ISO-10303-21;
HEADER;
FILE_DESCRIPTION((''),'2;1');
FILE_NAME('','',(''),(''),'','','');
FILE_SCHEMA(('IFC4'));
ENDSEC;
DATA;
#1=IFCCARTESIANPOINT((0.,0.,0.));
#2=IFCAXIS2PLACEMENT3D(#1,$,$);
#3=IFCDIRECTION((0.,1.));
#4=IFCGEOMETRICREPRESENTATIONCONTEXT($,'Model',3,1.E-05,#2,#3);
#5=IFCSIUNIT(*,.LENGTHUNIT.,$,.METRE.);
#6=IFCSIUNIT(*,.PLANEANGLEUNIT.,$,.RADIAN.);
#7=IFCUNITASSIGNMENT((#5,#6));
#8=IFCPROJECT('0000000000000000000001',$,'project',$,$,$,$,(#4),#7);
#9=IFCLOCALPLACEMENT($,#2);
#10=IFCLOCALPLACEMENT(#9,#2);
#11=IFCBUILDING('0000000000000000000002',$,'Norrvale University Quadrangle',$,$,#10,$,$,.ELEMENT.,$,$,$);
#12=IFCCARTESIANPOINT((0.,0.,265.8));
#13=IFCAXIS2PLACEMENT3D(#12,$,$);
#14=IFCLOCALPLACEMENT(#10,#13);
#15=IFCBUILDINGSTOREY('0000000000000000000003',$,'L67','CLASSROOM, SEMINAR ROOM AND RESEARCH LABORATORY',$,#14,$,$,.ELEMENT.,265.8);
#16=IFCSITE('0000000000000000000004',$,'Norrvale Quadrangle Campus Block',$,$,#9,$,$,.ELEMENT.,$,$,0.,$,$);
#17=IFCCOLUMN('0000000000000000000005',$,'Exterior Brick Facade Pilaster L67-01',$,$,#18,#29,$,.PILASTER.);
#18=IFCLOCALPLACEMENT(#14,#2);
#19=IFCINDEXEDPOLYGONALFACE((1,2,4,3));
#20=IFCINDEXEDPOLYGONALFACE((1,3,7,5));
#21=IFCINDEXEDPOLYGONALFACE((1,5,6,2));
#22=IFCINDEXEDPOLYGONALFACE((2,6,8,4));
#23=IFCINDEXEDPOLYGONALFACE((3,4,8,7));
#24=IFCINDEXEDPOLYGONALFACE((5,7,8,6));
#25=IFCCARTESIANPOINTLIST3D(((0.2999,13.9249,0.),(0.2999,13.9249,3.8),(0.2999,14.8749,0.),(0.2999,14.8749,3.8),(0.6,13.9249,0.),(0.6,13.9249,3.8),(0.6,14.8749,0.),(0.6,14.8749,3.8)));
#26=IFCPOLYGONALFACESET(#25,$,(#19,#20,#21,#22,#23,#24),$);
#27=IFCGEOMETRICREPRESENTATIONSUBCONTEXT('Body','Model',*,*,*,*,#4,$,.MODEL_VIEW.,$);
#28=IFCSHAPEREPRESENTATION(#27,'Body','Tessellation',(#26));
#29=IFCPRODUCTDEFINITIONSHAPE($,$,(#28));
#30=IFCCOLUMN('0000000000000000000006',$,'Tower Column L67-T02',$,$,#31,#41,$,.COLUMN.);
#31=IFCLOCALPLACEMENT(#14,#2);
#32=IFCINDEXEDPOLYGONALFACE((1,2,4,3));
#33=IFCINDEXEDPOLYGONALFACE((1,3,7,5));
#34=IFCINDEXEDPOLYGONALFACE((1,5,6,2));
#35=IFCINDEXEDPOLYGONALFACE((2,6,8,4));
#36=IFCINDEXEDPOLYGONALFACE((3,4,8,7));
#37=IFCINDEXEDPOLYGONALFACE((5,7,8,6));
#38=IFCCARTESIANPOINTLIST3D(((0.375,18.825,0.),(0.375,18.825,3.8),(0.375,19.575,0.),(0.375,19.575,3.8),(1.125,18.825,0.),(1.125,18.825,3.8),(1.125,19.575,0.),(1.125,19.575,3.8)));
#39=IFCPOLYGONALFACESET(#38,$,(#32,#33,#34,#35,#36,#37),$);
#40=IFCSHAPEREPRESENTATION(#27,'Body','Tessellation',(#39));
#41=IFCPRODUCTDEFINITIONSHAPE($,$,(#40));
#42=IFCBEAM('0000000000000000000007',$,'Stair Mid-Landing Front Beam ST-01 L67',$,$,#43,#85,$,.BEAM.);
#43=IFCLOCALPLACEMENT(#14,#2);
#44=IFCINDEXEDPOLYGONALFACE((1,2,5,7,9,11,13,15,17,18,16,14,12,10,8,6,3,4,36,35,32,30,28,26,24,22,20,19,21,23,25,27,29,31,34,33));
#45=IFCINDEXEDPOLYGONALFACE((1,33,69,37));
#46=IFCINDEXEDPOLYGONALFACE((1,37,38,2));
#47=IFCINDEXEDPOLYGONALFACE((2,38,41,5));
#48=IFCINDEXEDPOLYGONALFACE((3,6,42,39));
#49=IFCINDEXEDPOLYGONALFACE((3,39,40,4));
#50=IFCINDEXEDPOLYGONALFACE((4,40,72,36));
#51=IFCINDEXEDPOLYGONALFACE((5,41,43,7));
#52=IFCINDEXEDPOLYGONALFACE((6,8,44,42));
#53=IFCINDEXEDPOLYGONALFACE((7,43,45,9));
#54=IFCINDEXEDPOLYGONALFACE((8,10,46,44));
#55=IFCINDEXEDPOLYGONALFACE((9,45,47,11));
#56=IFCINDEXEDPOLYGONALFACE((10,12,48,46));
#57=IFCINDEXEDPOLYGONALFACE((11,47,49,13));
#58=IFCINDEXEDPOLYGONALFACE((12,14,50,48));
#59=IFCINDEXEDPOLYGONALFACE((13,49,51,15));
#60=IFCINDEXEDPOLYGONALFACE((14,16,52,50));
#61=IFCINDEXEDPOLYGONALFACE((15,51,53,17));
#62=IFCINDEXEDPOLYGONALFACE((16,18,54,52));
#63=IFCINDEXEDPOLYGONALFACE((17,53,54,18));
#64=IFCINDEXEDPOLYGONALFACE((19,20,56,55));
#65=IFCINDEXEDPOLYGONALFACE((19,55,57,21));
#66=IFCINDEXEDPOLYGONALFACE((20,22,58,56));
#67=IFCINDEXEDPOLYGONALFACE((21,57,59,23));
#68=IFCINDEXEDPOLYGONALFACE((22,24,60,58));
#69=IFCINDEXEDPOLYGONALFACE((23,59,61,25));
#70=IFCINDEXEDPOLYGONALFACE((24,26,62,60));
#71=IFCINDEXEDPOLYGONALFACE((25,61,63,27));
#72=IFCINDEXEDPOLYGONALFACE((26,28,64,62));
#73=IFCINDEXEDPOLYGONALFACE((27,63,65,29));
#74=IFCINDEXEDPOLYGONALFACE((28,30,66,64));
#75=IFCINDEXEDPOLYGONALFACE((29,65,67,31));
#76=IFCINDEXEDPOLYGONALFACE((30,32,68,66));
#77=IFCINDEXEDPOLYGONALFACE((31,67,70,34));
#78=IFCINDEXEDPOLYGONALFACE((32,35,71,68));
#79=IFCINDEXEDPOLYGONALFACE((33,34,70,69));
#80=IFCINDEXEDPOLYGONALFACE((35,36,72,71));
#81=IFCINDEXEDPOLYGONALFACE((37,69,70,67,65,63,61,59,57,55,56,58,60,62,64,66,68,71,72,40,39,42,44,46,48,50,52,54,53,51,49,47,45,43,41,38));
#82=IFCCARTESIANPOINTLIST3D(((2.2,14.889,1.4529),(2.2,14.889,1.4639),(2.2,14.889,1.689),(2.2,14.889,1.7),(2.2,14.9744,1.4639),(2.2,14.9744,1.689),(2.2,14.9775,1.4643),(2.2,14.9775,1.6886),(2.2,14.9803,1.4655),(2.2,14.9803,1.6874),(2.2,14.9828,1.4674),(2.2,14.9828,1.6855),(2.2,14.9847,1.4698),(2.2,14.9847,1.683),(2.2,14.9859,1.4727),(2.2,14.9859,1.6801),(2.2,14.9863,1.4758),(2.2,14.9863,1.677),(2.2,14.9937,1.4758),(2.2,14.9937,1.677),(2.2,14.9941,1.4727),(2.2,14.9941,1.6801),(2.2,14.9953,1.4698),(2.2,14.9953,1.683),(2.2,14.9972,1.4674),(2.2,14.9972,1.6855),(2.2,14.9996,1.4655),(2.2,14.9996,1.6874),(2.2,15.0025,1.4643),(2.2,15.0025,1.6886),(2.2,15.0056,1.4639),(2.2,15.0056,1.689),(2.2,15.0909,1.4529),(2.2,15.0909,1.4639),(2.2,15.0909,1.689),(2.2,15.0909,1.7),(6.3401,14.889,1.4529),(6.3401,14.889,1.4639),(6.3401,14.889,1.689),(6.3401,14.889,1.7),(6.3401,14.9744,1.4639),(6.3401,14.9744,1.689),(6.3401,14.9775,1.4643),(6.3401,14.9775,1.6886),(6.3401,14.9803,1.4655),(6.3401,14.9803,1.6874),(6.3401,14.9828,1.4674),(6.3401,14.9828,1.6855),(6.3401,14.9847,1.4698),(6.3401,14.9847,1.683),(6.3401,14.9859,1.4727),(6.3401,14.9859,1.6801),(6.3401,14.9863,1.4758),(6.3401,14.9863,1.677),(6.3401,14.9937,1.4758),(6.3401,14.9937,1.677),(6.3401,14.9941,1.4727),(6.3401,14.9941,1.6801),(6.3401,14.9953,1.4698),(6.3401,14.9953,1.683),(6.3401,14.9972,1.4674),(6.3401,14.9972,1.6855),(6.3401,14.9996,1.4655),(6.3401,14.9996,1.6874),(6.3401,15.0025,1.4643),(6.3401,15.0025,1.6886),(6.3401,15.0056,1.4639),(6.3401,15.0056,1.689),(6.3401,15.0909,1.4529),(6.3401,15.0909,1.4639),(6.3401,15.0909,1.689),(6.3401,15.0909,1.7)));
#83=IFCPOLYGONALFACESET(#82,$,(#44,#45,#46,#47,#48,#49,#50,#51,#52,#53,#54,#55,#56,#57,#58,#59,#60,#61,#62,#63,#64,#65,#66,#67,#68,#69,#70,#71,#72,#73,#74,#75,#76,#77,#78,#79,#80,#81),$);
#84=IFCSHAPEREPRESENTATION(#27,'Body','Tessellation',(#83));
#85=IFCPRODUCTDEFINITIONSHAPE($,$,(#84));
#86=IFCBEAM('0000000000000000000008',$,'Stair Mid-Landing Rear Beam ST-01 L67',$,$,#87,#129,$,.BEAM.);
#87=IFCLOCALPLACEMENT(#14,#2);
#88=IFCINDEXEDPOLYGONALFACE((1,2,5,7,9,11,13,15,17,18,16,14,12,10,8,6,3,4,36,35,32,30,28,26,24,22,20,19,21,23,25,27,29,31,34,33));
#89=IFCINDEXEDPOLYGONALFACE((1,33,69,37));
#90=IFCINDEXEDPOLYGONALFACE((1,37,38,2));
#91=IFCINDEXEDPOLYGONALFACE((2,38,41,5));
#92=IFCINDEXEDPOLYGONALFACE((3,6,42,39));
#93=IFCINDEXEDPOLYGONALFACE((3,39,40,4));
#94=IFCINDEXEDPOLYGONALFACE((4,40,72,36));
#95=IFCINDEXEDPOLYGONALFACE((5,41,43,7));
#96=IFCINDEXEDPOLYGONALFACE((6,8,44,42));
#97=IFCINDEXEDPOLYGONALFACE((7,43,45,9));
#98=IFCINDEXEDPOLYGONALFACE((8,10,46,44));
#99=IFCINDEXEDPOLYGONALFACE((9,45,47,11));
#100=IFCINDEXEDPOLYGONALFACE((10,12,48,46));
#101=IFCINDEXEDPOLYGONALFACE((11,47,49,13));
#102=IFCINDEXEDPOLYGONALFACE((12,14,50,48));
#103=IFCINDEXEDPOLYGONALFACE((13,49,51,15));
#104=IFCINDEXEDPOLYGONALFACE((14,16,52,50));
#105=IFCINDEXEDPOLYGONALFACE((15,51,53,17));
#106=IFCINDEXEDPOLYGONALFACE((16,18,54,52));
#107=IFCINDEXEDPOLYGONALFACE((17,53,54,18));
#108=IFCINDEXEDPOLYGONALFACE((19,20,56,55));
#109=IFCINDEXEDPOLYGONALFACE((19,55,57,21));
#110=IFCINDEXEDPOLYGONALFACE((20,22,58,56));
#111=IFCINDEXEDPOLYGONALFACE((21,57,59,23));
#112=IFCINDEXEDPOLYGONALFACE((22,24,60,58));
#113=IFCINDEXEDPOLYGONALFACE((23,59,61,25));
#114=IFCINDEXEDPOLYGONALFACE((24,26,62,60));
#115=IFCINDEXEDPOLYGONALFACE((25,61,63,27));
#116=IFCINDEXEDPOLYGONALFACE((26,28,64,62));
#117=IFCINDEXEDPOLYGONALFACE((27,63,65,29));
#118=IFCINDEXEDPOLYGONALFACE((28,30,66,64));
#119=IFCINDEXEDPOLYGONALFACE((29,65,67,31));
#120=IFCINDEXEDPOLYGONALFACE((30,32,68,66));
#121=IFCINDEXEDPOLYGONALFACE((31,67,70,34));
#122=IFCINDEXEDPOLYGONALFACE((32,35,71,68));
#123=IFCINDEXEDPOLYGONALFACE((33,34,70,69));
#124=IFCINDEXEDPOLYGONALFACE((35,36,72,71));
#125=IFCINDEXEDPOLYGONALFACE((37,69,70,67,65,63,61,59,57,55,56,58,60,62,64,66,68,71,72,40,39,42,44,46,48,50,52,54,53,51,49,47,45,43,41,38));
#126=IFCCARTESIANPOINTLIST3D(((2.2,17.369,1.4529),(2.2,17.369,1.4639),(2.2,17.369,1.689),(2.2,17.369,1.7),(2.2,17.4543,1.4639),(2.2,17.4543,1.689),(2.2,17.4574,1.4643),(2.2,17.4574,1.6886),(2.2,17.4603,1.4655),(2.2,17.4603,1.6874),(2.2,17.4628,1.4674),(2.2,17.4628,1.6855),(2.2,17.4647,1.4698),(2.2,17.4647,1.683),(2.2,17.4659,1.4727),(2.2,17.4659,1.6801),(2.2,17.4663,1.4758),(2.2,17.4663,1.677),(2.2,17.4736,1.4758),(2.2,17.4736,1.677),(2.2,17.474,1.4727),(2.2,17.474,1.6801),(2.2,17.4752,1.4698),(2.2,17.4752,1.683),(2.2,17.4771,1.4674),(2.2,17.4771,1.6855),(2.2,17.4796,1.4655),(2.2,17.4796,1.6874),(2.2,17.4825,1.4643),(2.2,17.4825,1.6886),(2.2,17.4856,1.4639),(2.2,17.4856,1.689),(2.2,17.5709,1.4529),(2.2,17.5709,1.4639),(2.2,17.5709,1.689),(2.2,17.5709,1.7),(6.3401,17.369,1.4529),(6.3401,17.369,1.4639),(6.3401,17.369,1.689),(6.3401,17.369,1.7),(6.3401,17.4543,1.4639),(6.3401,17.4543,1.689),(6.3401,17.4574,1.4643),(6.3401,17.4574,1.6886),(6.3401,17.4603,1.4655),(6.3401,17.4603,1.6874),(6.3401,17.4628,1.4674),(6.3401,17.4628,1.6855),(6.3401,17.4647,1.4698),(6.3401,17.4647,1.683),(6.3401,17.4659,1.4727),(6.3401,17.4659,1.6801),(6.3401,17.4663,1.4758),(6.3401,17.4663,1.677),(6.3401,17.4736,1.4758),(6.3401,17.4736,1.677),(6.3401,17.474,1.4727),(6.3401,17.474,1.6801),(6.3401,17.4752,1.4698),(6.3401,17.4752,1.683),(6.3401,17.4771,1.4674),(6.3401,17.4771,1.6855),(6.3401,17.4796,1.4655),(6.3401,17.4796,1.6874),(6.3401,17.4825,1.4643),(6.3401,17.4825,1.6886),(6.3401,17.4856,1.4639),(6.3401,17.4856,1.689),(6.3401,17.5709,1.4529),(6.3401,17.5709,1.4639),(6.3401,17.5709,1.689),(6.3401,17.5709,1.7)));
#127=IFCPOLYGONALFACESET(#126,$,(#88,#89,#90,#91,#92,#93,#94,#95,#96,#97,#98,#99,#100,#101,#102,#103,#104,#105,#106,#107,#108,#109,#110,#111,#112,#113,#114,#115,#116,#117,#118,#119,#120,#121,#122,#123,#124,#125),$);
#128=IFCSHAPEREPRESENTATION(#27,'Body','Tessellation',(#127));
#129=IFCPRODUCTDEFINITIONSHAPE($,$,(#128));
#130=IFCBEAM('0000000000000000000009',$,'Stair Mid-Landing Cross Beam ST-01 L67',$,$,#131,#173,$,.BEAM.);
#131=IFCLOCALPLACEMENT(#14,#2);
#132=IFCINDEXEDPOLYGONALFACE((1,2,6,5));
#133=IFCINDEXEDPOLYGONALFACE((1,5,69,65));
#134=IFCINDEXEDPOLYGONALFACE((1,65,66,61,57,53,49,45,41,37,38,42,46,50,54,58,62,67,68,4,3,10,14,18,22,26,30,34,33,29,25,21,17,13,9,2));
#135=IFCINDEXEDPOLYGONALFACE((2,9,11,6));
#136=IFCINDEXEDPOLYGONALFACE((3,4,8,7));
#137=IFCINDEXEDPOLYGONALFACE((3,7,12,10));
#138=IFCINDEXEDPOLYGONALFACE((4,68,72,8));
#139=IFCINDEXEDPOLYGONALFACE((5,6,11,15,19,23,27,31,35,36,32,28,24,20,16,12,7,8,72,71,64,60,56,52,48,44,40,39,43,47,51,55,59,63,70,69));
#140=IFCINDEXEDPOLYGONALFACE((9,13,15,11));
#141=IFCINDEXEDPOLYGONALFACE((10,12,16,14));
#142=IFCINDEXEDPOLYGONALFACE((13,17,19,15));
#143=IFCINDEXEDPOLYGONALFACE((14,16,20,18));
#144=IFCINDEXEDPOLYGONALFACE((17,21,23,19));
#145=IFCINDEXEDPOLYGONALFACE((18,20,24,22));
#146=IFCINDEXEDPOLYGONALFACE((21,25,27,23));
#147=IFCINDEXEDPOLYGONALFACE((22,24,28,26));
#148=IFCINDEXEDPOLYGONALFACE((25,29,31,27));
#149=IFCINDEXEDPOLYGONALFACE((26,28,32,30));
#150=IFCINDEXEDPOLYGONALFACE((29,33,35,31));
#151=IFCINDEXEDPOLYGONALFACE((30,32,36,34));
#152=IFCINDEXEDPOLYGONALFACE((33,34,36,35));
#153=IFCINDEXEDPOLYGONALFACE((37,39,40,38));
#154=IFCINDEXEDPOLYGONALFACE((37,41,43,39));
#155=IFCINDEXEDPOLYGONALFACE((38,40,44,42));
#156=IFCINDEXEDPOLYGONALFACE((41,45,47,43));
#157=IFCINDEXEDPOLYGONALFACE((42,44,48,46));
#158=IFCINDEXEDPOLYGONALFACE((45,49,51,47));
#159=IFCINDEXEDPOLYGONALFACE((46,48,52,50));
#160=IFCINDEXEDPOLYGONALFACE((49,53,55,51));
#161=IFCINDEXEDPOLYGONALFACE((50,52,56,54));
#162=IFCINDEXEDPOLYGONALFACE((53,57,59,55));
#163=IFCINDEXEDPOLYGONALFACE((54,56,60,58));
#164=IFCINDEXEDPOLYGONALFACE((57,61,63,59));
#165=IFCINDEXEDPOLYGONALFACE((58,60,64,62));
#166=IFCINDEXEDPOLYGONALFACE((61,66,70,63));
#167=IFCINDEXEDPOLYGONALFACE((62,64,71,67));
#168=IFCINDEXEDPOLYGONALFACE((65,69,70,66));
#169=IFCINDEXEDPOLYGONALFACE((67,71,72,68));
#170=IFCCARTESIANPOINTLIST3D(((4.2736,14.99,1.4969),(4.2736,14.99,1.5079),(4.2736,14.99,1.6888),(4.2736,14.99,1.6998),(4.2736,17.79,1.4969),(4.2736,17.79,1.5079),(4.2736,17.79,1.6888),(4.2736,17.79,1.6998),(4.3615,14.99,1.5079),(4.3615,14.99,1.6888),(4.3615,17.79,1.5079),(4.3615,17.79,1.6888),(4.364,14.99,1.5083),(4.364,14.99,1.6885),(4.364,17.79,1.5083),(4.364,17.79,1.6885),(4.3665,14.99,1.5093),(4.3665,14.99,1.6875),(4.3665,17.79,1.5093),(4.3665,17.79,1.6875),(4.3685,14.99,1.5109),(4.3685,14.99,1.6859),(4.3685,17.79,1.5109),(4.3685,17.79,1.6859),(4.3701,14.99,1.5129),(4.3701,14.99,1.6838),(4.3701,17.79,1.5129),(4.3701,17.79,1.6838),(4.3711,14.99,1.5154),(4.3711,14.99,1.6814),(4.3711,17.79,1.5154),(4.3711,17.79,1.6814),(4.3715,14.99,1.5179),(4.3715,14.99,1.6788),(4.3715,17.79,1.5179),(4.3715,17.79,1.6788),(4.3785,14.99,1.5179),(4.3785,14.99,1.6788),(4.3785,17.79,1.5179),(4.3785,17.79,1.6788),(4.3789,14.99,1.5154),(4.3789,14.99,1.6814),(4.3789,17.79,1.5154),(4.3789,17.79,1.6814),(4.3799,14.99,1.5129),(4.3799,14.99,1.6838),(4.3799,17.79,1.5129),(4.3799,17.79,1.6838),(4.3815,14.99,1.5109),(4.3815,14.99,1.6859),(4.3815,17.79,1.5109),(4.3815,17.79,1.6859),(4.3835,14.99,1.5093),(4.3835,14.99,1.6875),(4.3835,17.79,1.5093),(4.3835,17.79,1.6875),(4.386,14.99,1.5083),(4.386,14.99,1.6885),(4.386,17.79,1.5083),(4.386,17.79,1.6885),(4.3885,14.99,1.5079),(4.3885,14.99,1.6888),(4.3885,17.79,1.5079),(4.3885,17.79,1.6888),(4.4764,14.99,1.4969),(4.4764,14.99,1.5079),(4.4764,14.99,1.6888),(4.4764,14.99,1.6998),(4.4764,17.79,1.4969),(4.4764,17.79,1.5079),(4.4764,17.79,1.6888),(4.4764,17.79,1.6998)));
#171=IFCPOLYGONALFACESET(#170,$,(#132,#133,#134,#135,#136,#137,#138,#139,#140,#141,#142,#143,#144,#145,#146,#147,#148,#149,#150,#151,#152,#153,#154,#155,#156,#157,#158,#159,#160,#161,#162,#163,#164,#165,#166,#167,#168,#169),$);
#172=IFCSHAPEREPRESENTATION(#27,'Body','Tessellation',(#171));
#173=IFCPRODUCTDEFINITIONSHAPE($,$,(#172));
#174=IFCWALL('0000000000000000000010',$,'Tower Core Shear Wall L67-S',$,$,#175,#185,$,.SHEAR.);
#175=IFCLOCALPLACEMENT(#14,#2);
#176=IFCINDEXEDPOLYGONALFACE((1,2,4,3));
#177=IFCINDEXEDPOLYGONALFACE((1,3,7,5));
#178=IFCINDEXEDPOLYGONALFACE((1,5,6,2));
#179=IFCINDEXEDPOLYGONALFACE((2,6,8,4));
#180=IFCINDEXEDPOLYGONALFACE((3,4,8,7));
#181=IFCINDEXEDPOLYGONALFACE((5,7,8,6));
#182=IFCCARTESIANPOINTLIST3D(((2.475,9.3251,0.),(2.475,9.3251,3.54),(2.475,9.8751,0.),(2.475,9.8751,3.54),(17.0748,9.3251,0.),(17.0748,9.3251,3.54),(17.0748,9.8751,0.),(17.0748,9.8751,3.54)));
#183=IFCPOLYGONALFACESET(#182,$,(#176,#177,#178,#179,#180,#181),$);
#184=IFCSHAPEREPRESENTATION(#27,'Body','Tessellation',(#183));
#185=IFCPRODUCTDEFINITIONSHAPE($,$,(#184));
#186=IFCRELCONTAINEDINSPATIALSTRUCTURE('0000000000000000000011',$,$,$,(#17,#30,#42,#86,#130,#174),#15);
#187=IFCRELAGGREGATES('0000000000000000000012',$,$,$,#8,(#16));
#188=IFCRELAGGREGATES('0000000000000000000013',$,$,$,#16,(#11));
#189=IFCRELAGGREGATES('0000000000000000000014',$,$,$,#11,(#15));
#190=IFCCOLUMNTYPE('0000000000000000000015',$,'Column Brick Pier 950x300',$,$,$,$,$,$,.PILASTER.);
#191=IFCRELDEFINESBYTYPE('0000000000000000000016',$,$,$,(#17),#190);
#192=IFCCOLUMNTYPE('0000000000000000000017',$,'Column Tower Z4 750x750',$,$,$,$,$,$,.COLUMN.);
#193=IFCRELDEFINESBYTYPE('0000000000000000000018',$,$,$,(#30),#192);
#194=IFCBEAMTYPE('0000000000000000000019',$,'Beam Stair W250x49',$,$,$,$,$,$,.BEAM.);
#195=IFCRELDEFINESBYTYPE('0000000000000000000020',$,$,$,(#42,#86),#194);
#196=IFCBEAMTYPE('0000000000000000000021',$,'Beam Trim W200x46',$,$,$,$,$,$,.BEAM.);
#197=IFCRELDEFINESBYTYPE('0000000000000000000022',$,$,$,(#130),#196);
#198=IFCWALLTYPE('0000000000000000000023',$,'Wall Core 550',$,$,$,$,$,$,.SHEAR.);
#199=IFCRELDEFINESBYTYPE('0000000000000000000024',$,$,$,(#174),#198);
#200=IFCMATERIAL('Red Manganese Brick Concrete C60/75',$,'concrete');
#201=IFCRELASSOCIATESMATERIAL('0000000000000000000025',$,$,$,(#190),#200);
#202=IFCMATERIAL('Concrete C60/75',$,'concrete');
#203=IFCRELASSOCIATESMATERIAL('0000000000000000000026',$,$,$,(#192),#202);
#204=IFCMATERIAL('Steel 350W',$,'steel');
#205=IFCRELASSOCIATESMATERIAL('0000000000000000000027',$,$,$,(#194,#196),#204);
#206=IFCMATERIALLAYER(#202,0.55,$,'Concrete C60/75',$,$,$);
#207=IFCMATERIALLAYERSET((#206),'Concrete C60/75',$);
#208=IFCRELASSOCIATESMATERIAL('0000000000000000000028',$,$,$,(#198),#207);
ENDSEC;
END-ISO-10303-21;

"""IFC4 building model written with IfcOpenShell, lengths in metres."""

from ifc_helpers import new_model, si_unit, direction, frame, frame_2d, origin, origin_2d, place, context, subcontext, project, spatial, rectangle, i_section, extrude, material, layer, layer_set, material_profile, profile_set, type_object, element, save


model = new_model("IFC4")

# Units and contexts
model_context = context("Model", 3, precision=1e-05, world=origin(), true_north=direction((0.0, 1.0)))
body_context = subcontext(model_context, "Body", "Model", "MODEL_VIEW")
ifc_project = project(units=[si_unit("LENGTHUNIT", "METRE"), si_unit("PLANEANGLEUNIT", "RADIAN")], contexts=[model_context])

# Site, building, storey
site_placement = place(None, origin())
site = spatial("IfcSite", under=ifc_project, at=site_placement, Name="Norrvale Quadrangle Campus Block", CompositionType="ELEMENT", RefElevation=0.0)
building_placement = place(site_placement, origin())
building = spatial("IfcBuilding", under=site, at=building_placement, Name="Norrvale University Quadrangle", CompositionType="ELEMENT")
storey_placement = place(building_placement, frame((0.0, 0.0, 265.8)))
storey = spatial("IfcBuildingStorey", under=building, at=storey_placement, Name="L67", Description="CLASSROOM, SEMINAR ROOM AND RESEARCH LABORATORY", CompositionType="ELEMENT", Elevation=265.8)

# Columns
ifc_material_1 = material(Name="Red Manganese Brick Concrete C60/75", Category="concrete")
ifc_material_profile_1 = material_profile(ifc_material_1, rectangle(XDim=0.95, YDim=0.3, at=origin_2d()), Name="Red Manganese Brick Concrete C60/75")
ifc_profile_set_1 = profile_set([ifc_material_profile_1], Name="Red Manganese Brick Concrete C60/75")
column_type_1 = type_object("IfcColumnType", Name="Column Brick Pier 950x300", PredefinedType="PILASTER", material=ifc_profile_set_1)
column_1_placement = place(storey_placement, frame((0.45, 14.3999, 0.0), z_axis=(0.0, 0.0, 1.0), x_axis=(0.0, 1.0, 0.0)))
element("IfcColumn", 1, at=column_1_placement, inside=storey, type_object=column_type_1, Name="Exterior Brick Facade Pilaster L67-01", PredefinedType="PILASTER", context=body_context, shape_type="SweptSolid", body=[
    extrude(rectangle(XDim=0.95, YDim=0.3, at=origin_2d()), origin(), (0.0, 0.0, 1.0), 3.8),
])
ifc_material_2 = material(Name="Concrete C60/75", Category="concrete")
ifc_material_profile_2 = material_profile(ifc_material_2, rectangle(XDim=0.75, YDim=0.75, at=origin_2d()), Name="Concrete C60/75")
ifc_profile_set_2 = profile_set([ifc_material_profile_2], Name="Concrete C60/75")
column_type_2 = type_object("IfcColumnType", Name="Column Tower Z4 750x750", PredefinedType="COLUMN", material=ifc_profile_set_2)
column_2_placement = place(storey_placement, frame((0.75, 19.2, 0.0), z_axis=(0.0, 0.0, 1.0), x_axis=(1.0, 0.0, 0.0)))
element("IfcColumn", 2, at=column_2_placement, inside=storey, type_object=column_type_2, Name="Tower Column L67-T02", PredefinedType="COLUMN", context=body_context, shape_type="SweptSolid", body=[
    extrude(rectangle(XDim=0.75, YDim=0.75, at=origin_2d()), origin(), (0.0, 0.0, 1.0), 3.8),
])

# Beams
ifc_material_3 = material(Name="Steel 350W", Category="steel")
ifc_material_profile_3 = material_profile(ifc_material_3, i_section(OverallWidth=0.2019, OverallDepth=0.2471, WebThickness=0.0073, FlangeThickness=0.011, FilletRadius=0.012, at=origin_2d()), Name="Steel 350W")
ifc_profile_set_3 = profile_set([ifc_material_profile_3], Name="Steel 350W")
beam_type_1 = type_object("IfcBeamType", Name="Beam Stair W250x49", PredefinedType="BEAM", material=ifc_profile_set_3)
for number, where, z_axis, x_axis, name in (
    (3, (2.2, 14.99, 1.5764), (1.0, 0.0, 0.0), (0.0, 1.0, 0.0), "Stair Mid-Landing Front Beam ST-01 L67"),
    (4, (2.2, 17.47, 1.5764), (1.0, 0.0, 0.0), (0.0, 1.0, 0.0), "Stair Mid-Landing Rear Beam ST-01 L67"),
):
    element("IfcBeam", number, at=place(storey_placement, frame(where, z_axis=z_axis, x_axis=x_axis)), inside=storey, type_object=beam_type_1, Name=name, PredefinedType="BEAM", context=body_context, shape_type="SweptSolid", body=[
        extrude(i_section(OverallWidth=0.2019, OverallDepth=0.2471, WebThickness=0.0073, FlangeThickness=0.011, FilletRadius=0.012, at=origin_2d()), origin(), (0.0, 0.0, 1.0), 4.1401),
    ])
ifc_material_profile_4 = material_profile(ifc_material_3, i_section(OverallWidth=0.2029, OverallDepth=0.2029, WebThickness=0.0071, FlangeThickness=0.011, FilletRadius=0.01, at=origin_2d()), Name="Steel 350W")
ifc_profile_set_4 = profile_set([ifc_material_profile_4], Name="Steel 350W")
beam_type_2 = type_object("IfcBeamType", Name="Beam Trim W200x46", PredefinedType="BEAM", material=ifc_profile_set_4)
beam_placement = place(storey_placement, frame((4.375, 14.99, 1.5984), z_axis=(0.0, 1.0, 0.0), x_axis=(-1.0, 0.0, 0.0)))
element("IfcBeam", 5, at=beam_placement, inside=storey, type_object=beam_type_2, Name="Stair Mid-Landing Cross Beam ST-01 L67", PredefinedType="BEAM", context=body_context, shape_type="SweptSolid", body=[
    extrude(i_section(OverallWidth=0.2029, OverallDepth=0.2029, WebThickness=0.0071, FlangeThickness=0.011, FilletRadius=0.01, at=origin_2d()), origin(), (0.0, 0.0, 1.0), 2.8),
])

# Wall
ifc_layer_1 = layer(ifc_material_2, 0.55, Name="Concrete C60/75")
ifc_layer_set_1 = layer_set([ifc_layer_1], Name="Concrete C60/75")
wall_type_1 = type_object("IfcWallType", Name="Wall Core 550", PredefinedType="SHEAR", material=ifc_layer_set_1)
wall_1_placement = place(storey_placement, frame((2.4751, 9.6001, 0.0), z_axis=(0.0, 0.0, 1.0), x_axis=(1.0, 0.0, 0.0)))
element("IfcWall", 6, at=wall_1_placement, inside=storey, type_object=wall_type_1, Name="Tower Core Shear Wall L67-S", PredefinedType="SHEAR", context=body_context, shape_type="SweptSolid", body=[
    extrude(rectangle(XDim=14.5999, YDim=0.55, at=frame_2d((7.2998, 0.0))), origin(), (0.0, 0.0, 1.0), 3.54),
])

save(model, "model.ifc")
